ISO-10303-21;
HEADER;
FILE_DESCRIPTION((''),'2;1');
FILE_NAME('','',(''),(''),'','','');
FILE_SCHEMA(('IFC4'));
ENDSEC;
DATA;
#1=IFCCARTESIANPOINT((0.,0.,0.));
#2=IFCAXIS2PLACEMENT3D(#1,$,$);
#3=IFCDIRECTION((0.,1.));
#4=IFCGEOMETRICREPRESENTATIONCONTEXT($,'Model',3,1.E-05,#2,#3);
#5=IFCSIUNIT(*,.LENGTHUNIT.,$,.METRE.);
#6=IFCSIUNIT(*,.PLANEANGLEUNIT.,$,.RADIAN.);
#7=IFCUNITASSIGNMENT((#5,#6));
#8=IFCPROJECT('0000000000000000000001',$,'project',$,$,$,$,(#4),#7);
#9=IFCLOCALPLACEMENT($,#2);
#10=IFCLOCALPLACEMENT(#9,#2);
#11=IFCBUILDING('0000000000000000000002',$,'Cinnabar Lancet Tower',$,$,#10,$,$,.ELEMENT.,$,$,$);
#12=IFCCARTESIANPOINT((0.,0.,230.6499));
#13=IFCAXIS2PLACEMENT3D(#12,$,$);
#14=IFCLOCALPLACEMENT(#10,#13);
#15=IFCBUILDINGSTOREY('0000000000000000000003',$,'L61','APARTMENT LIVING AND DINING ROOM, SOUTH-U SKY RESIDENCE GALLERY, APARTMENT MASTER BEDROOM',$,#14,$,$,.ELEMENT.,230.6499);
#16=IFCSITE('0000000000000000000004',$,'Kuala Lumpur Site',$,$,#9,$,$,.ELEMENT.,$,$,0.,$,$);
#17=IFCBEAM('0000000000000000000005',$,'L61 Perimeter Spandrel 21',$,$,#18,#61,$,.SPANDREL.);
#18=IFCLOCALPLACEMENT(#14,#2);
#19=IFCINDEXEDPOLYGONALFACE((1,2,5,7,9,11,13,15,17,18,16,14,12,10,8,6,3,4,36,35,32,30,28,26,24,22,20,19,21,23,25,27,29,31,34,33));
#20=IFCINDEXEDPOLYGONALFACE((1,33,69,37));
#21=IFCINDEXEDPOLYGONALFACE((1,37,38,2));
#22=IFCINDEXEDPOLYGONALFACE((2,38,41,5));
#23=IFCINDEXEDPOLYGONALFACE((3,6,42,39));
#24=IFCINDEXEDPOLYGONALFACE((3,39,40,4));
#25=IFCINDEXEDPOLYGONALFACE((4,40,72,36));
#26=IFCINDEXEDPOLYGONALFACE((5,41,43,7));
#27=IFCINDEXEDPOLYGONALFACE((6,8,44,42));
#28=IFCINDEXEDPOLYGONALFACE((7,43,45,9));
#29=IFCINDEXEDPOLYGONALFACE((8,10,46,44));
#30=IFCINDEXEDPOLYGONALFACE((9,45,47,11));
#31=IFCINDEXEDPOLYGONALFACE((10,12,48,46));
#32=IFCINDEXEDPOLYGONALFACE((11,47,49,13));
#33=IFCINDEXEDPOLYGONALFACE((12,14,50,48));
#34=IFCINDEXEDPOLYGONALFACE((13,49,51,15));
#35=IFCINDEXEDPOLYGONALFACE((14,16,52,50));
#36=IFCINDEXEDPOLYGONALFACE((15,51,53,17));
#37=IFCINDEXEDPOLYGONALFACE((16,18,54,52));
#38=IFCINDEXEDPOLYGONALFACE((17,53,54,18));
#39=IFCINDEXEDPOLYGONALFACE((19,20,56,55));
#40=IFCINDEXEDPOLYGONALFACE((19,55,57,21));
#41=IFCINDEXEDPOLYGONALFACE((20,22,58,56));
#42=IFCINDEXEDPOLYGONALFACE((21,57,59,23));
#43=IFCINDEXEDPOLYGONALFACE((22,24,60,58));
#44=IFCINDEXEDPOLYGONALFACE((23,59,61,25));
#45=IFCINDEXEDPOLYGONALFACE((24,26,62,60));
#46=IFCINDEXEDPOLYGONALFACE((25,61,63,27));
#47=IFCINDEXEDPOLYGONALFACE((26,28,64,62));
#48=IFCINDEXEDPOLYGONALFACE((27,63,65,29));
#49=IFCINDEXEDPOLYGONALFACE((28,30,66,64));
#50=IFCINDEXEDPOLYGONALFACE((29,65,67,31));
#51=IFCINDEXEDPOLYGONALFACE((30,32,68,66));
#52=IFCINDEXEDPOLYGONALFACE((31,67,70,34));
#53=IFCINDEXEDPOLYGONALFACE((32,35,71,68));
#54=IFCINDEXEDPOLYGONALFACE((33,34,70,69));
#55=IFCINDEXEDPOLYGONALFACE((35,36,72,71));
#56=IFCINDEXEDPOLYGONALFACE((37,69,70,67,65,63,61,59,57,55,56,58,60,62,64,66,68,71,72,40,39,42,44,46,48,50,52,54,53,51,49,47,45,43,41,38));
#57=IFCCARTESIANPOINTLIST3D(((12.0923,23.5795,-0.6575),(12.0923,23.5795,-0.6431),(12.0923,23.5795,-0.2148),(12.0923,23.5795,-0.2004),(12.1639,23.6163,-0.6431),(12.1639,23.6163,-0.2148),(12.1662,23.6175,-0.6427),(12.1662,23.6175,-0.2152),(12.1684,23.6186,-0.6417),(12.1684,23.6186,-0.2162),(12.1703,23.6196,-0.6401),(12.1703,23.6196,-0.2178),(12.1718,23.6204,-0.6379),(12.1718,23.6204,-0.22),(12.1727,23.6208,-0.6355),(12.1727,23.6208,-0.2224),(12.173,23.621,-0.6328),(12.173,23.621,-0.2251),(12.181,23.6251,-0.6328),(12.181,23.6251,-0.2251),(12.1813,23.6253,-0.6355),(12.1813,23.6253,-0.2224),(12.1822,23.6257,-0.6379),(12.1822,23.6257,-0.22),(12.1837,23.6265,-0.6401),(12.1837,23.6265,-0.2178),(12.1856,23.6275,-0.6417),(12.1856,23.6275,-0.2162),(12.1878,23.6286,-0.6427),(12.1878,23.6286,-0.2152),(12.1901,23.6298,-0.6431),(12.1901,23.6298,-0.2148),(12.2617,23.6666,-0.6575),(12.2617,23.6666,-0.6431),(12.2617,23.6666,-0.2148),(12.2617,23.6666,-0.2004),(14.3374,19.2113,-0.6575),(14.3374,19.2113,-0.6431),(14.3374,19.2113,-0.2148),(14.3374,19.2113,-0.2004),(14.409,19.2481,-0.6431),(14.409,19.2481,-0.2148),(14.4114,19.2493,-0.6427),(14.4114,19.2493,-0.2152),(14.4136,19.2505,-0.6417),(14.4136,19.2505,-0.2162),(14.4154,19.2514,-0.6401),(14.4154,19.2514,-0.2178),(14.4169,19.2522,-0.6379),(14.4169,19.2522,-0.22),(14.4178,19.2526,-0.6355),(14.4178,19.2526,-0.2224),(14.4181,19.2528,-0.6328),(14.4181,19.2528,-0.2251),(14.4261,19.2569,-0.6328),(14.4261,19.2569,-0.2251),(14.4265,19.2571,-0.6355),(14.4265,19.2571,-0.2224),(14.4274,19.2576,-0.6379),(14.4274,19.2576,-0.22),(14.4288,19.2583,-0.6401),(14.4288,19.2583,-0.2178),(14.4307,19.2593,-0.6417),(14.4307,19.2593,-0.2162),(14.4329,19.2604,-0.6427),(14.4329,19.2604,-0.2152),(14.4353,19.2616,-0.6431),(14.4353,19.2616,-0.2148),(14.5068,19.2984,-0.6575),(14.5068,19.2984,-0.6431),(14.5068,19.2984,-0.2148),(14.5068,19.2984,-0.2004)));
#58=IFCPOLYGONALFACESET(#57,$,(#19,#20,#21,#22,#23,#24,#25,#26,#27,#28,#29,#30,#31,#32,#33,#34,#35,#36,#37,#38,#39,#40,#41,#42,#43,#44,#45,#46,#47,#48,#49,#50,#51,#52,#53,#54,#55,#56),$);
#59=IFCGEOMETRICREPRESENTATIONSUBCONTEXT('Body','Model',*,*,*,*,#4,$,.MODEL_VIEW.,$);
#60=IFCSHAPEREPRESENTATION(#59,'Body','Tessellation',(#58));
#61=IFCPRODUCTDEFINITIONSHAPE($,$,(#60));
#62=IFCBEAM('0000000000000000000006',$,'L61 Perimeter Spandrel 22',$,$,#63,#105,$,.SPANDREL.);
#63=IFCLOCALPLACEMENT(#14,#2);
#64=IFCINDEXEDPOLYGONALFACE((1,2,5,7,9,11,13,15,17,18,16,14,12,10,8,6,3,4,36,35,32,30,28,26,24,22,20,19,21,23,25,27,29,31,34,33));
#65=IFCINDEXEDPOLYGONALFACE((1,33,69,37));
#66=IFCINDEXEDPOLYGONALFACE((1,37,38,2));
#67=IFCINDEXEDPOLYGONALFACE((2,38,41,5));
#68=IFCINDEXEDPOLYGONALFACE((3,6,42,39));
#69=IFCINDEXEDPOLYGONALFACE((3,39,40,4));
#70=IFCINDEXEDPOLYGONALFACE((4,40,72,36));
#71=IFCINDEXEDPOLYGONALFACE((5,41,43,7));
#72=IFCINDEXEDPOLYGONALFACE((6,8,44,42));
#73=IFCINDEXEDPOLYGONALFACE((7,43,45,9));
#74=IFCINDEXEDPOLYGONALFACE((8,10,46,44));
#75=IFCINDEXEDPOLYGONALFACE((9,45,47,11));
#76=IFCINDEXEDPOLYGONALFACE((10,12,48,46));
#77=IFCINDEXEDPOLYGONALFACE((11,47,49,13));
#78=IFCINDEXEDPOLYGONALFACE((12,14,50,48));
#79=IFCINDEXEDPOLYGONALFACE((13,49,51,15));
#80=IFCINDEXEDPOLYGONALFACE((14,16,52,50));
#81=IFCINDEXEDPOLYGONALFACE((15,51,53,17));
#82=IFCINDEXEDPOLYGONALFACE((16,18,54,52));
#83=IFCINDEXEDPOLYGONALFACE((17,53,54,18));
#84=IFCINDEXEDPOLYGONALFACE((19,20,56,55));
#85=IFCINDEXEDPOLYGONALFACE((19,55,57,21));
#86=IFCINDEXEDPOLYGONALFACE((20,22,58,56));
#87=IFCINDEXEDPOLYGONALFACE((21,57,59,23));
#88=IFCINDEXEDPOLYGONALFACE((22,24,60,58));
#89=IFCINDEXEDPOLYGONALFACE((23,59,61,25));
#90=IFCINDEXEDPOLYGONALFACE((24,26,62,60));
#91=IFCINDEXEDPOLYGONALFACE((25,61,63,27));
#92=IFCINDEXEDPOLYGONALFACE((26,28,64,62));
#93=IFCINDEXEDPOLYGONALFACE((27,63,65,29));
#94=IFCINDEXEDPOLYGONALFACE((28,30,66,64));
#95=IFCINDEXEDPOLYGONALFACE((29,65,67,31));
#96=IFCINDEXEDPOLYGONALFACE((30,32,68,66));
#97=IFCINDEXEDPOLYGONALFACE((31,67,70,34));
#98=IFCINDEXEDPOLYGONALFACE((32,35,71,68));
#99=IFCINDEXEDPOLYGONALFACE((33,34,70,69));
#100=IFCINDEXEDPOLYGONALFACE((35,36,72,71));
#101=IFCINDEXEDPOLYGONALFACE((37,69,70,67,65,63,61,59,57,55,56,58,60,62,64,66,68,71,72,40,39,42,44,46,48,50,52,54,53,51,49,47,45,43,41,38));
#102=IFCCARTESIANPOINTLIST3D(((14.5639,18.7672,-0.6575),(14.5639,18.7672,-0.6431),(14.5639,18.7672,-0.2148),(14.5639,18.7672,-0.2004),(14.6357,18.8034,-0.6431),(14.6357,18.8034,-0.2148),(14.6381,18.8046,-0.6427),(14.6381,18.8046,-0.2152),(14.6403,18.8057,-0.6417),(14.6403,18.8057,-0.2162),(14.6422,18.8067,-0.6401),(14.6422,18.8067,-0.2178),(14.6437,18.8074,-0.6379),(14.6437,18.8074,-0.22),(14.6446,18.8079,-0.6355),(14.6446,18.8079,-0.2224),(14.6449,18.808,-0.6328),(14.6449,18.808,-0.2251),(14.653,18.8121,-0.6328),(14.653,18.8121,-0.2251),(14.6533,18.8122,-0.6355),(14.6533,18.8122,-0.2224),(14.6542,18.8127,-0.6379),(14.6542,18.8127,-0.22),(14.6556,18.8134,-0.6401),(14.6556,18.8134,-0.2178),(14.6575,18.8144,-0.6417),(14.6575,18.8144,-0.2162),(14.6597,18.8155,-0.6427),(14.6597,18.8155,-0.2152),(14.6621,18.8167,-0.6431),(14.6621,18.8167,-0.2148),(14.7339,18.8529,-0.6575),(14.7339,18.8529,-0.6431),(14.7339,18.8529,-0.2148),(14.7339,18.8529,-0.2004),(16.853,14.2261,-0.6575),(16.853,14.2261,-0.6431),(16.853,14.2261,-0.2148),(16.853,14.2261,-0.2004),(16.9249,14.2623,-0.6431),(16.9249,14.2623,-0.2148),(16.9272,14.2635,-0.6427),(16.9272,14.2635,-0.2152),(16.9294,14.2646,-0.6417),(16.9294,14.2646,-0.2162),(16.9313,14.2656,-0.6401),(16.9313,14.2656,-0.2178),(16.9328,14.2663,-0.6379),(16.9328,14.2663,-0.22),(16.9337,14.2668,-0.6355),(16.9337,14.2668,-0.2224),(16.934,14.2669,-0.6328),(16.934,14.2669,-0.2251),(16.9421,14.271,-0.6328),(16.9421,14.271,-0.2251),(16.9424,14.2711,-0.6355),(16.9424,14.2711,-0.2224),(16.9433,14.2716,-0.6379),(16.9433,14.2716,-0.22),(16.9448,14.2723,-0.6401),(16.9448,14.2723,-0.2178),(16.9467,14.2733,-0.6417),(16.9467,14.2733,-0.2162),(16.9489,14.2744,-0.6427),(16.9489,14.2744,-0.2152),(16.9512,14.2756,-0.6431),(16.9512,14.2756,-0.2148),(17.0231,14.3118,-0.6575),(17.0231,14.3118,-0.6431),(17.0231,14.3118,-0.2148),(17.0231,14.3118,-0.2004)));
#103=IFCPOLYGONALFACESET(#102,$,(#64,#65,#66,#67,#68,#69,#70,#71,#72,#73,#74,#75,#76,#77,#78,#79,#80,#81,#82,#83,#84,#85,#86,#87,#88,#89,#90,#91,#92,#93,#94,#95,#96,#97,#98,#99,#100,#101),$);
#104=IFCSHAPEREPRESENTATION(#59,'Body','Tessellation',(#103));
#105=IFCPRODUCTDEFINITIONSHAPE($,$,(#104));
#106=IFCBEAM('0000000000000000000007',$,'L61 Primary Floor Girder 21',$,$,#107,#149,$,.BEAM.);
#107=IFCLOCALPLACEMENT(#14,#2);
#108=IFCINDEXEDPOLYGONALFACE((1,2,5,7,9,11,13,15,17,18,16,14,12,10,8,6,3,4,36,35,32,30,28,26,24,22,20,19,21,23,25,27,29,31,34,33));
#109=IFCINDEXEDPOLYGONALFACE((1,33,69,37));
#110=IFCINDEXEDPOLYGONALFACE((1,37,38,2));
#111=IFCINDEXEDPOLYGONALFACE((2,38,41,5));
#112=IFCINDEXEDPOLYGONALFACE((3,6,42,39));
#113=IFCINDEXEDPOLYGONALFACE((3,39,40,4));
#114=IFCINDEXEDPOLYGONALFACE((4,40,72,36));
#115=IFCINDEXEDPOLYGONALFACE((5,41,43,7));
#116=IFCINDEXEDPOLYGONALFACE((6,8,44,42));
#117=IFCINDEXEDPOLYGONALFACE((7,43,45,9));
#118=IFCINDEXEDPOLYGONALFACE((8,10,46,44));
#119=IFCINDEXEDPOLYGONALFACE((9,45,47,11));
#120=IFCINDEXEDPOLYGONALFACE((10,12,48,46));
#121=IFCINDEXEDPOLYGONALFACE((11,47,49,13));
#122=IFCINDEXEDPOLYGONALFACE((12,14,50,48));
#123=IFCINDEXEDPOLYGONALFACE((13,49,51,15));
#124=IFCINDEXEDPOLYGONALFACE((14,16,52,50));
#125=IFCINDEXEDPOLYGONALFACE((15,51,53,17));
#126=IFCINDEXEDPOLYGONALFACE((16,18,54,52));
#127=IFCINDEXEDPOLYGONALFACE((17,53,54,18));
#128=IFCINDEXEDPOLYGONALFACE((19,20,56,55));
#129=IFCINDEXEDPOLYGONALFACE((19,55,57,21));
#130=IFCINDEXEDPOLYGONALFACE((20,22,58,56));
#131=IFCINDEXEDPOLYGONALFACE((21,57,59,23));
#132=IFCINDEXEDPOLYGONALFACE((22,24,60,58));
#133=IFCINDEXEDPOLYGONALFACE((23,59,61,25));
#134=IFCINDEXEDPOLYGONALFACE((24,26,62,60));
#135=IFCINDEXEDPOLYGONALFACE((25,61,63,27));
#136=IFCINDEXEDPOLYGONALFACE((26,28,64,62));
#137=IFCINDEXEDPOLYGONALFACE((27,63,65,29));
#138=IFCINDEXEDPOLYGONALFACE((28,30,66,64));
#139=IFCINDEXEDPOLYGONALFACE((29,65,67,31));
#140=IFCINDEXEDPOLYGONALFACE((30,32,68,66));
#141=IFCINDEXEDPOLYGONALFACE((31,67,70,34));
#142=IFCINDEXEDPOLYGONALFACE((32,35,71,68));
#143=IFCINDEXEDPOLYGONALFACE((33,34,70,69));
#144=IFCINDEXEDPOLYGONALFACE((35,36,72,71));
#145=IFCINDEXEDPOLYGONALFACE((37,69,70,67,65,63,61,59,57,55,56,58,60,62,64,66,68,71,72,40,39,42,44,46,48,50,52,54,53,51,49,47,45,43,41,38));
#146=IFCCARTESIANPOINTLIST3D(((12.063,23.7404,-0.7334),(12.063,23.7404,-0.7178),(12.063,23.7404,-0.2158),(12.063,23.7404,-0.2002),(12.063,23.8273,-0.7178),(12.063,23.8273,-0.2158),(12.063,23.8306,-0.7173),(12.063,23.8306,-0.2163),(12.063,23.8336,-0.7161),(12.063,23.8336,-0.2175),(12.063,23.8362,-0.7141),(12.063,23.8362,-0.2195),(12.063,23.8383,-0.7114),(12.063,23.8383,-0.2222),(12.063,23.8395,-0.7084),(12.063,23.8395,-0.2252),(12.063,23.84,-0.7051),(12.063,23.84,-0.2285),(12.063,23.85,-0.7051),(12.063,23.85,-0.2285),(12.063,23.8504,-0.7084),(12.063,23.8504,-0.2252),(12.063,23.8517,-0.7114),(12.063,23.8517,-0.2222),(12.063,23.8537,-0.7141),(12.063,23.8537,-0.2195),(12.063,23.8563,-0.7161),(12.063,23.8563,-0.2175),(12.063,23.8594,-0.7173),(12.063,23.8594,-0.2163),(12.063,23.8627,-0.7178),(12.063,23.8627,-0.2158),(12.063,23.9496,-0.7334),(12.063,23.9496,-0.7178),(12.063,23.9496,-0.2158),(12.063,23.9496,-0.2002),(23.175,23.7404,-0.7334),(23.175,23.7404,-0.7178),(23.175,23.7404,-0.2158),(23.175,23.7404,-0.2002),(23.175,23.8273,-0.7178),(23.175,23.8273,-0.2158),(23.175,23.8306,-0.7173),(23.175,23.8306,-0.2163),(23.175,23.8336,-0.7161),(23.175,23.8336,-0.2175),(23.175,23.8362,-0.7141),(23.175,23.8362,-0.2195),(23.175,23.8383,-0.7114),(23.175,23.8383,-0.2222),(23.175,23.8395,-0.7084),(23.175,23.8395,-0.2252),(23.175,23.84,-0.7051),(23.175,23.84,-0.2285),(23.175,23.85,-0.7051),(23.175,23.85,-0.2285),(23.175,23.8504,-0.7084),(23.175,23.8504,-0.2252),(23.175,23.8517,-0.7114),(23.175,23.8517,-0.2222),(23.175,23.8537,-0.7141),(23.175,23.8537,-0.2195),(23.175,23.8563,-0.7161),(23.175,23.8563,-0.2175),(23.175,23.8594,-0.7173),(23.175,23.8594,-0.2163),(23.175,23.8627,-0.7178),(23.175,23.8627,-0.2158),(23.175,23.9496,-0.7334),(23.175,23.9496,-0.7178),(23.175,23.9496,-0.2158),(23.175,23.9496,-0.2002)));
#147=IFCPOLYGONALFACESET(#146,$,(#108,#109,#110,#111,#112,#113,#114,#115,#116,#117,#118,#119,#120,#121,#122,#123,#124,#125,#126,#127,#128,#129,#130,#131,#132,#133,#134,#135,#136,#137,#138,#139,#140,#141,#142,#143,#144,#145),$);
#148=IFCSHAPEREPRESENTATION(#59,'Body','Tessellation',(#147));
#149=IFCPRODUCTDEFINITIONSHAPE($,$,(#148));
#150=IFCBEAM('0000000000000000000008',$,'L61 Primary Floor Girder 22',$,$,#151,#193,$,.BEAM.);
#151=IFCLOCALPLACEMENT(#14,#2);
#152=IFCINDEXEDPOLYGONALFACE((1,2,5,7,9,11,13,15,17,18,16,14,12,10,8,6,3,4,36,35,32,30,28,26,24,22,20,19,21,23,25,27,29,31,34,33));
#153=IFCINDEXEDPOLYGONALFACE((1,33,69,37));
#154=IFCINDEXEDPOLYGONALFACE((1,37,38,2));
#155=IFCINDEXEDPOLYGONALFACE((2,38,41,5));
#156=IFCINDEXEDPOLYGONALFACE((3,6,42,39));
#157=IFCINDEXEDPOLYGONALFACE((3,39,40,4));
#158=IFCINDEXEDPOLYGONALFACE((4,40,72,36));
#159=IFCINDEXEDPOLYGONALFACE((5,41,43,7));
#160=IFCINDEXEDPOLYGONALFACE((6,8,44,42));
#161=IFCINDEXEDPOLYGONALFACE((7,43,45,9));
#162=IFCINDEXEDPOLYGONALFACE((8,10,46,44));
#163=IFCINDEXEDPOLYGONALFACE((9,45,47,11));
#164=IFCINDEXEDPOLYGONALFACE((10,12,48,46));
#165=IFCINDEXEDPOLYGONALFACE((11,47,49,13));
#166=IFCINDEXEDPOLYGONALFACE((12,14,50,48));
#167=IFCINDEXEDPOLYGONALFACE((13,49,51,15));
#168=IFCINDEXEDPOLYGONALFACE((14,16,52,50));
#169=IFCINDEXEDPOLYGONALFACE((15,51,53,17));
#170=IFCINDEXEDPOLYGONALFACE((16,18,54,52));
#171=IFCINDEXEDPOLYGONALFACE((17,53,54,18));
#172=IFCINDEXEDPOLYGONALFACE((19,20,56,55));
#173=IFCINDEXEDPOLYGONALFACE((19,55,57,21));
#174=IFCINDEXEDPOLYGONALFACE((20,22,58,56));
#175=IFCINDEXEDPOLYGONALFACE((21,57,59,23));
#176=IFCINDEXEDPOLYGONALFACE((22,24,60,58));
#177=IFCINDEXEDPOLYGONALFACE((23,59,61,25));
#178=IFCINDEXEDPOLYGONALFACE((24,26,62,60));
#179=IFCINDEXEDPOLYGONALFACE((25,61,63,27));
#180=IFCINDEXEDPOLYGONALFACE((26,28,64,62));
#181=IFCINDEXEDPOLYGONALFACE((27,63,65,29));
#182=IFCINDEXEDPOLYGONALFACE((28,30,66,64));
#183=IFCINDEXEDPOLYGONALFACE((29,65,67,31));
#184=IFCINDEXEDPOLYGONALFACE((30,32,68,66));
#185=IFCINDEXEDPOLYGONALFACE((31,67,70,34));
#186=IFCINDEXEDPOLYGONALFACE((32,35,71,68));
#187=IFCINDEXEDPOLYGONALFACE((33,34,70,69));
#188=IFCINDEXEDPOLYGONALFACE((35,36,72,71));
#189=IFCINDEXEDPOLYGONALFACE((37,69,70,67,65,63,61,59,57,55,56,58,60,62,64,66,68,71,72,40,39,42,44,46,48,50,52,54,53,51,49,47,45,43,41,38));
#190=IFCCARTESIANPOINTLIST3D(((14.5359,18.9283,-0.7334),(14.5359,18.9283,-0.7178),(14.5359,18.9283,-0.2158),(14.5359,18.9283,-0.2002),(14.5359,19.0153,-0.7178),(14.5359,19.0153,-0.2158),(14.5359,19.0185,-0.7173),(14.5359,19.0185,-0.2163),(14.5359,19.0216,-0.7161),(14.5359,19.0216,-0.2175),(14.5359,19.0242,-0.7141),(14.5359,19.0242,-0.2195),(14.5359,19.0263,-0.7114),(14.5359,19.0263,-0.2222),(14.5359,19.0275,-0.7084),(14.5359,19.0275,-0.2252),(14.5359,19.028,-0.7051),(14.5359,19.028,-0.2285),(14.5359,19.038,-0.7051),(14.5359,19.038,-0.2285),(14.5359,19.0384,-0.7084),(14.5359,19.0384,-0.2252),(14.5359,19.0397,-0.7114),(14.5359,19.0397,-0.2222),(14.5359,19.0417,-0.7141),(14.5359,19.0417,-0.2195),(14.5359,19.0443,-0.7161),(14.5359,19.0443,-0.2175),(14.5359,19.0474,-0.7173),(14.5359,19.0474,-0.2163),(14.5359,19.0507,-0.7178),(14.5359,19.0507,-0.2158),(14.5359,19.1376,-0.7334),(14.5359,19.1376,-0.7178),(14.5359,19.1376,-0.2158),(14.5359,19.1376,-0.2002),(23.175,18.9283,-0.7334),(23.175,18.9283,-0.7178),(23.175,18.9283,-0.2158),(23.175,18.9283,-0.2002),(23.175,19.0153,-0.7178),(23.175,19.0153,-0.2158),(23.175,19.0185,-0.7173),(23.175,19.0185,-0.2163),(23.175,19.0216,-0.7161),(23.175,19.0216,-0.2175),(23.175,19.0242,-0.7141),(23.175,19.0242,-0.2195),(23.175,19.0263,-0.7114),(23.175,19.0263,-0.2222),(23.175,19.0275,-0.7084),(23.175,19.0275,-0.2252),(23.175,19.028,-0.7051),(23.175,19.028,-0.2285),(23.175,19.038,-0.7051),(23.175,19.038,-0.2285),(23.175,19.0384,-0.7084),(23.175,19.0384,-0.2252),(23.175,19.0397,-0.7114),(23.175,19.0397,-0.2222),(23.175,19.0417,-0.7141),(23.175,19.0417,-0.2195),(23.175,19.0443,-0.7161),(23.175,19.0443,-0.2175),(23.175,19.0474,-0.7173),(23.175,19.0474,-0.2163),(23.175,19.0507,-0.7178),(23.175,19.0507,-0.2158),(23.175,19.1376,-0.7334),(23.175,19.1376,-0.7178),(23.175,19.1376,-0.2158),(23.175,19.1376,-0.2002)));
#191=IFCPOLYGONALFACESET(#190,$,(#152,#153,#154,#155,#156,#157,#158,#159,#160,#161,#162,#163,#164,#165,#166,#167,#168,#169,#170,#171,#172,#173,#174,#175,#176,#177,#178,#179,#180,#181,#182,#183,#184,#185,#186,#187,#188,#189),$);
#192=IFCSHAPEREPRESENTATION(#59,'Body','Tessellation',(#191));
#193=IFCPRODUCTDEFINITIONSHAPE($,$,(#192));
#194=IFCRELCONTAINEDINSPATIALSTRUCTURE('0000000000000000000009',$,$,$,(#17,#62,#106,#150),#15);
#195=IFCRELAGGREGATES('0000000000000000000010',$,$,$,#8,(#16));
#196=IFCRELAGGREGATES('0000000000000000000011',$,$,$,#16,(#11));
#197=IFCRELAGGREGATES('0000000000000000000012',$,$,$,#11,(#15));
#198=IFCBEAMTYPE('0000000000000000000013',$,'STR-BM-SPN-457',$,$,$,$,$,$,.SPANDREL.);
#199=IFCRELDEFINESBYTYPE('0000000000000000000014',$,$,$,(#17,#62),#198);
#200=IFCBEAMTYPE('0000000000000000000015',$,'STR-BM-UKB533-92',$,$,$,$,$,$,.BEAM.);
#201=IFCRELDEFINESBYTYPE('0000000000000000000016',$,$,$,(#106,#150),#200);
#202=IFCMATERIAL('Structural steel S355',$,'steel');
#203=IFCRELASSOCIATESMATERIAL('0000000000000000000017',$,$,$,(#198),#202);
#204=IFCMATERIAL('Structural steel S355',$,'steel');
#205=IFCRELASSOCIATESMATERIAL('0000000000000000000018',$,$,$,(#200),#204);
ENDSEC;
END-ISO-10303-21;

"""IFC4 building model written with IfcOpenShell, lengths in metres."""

from ifc_helpers import new_model, si_unit, direction, frame, origin, origin_2d, place, context, subcontext, project, spatial, i_section, extrude, material, material_profile, profile_set, type_object, element, save


model = new_model("IFC4")

# Units and contexts
model_context = context("Model", 3, precision=1e-05, world=origin(), true_north=direction((0.0, 1.0)))
body_context = subcontext(model_context, "Body", "Model", "MODEL_VIEW")
ifc_project = project(units=[si_unit("LENGTHUNIT", "METRE"), si_unit("PLANEANGLEUNIT", "RADIAN")], contexts=[model_context])

# Site, building, storey
site_placement = place(None, origin())
site = spatial("IfcSite", under=ifc_project, at=site_placement, Name="Kuala Lumpur Site", CompositionType="ELEMENT", RefElevation=0.0)
building_placement = place(site_placement, origin())
building = spatial("IfcBuilding", under=site, at=building_placement, Name="Cinnabar Lancet Tower", CompositionType="ELEMENT")
storey_placement = place(building_placement, frame((0.0, 0.0, 230.6499)))
storey = spatial("IfcBuildingStorey", under=building, at=storey_placement, Name="L61", Description="APARTMENT LIVING AND DINING ROOM, SOUTH-U SKY RESIDENCE GALLERY, APARTMENT MASTER BEDROOM", CompositionType="ELEMENT", Elevation=230.6499)

# Beams
ifc_material_1 = material(Name="Structural steel S355", Category="steel")
ifc_material_profile_1 = material_profile(ifc_material_1, i_section(OverallWidth=0.1904, OverallDepth=0.457, WebThickness=0.009, FlangeThickness=0.0144, FilletRadius=0.0103, at=origin_2d()), Name="UKB 457x191x74")
ifc_profile_set_1 = profile_set([ifc_material_profile_1], Name="Structural steel S355")
beam_type_1 = type_object("IfcBeamType", Name="STR-BM-SPN-457", PredefinedType="SPANDREL", material=ifc_profile_set_1)
beam_1_placement = place(storey_placement, frame((12.177, 23.623, -0.429), z_axis=(0.457128, -0.889401, 0.0), x_axis=(0.889401, 0.457128, 0.0)))
element("IfcBeam", 1, at=beam_1_placement, inside=storey, type_object=beam_type_1, Name="L61 Perimeter Spandrel 21", PredefinedType="SPANDREL", context=body_context, shape_type="SweptSolid", body=[
    extrude(i_section(OverallWidth=0.1904, OverallDepth=0.457, WebThickness=0.009, FlangeThickness=0.0144, FilletRadius=0.0103, at=origin_2d()), origin(), (0.0, 0.0, 1.0), 4.9114),
])
beam_2_placement = place(storey_placement, frame((14.6489, 18.8101, -0.429), z_axis=(0.45013, -0.892963, 0.0), x_axis=(0.892963, 0.45013, 0.0)))
element("IfcBeam", 2, at=beam_2_placement, inside=storey, type_object=beam_type_1, Name="L61 Perimeter Spandrel 22", PredefinedType="SPANDREL", context=body_context, shape_type="SweptSolid", body=[
    extrude(i_section(OverallWidth=0.1904, OverallDepth=0.457, WebThickness=0.009, FlangeThickness=0.0144, FilletRadius=0.0103, at=origin_2d()), origin(), (0.0, 0.0, 1.0), 5.0854),
])
ifc_material_2 = material(Name="Structural steel S355", Category="steel")
ifc_material_profile_2 = material_profile(ifc_material_2, i_section(OverallWidth=0.2092, OverallDepth=0.5332, WebThickness=0.01, FlangeThickness=0.0156, FilletRadius=0.0127, at=origin_2d()), Name="UKB 533x210x92")
ifc_profile_set_2 = profile_set([ifc_material_profile_2], Name="Structural steel S355")
beam_type_2 = type_object("IfcBeamType", Name="STR-BM-UKB533-92", PredefinedType="BEAM", material=ifc_profile_set_2)
beam_3_placement = place(storey_placement, frame((12.063, 23.845, -0.4668), z_axis=(1.0, 0.0, 0.0), x_axis=(0.0, 1.0, 0.0)))
element("IfcBeam", 3, at=beam_3_placement, inside=storey, type_object=beam_type_2, Name="L61 Primary Floor Girder 21", PredefinedType="BEAM", context=body_context, shape_type="SweptSolid", body=[
    extrude(i_section(OverallWidth=0.2092, OverallDepth=0.5332, WebThickness=0.01, FlangeThickness=0.0156, FilletRadius=0.0127, at=origin_2d()), origin(), (0.0, 0.0, 1.0), 11.1121),
])
beam_4_placement = place(storey_placement, frame((14.5359, 19.033, -0.4668), z_axis=(1.0, 0.0, 0.0), x_axis=(0.0, 1.0, 0.0)))
element("IfcBeam", 4, at=beam_4_placement, inside=storey, type_object=beam_type_2, Name="L61 Primary Floor Girder 22", PredefinedType="BEAM", context=body_context, shape_type="SweptSolid", body=[
    extrude(i_section(OverallWidth=0.2092, OverallDepth=0.5332, WebThickness=0.01, FlangeThickness=0.0156, FilletRadius=0.0127, at=origin_2d()), origin(), (0.0, 0.0, 1.0), 8.6392),
])

save(model, "model.ifc")
